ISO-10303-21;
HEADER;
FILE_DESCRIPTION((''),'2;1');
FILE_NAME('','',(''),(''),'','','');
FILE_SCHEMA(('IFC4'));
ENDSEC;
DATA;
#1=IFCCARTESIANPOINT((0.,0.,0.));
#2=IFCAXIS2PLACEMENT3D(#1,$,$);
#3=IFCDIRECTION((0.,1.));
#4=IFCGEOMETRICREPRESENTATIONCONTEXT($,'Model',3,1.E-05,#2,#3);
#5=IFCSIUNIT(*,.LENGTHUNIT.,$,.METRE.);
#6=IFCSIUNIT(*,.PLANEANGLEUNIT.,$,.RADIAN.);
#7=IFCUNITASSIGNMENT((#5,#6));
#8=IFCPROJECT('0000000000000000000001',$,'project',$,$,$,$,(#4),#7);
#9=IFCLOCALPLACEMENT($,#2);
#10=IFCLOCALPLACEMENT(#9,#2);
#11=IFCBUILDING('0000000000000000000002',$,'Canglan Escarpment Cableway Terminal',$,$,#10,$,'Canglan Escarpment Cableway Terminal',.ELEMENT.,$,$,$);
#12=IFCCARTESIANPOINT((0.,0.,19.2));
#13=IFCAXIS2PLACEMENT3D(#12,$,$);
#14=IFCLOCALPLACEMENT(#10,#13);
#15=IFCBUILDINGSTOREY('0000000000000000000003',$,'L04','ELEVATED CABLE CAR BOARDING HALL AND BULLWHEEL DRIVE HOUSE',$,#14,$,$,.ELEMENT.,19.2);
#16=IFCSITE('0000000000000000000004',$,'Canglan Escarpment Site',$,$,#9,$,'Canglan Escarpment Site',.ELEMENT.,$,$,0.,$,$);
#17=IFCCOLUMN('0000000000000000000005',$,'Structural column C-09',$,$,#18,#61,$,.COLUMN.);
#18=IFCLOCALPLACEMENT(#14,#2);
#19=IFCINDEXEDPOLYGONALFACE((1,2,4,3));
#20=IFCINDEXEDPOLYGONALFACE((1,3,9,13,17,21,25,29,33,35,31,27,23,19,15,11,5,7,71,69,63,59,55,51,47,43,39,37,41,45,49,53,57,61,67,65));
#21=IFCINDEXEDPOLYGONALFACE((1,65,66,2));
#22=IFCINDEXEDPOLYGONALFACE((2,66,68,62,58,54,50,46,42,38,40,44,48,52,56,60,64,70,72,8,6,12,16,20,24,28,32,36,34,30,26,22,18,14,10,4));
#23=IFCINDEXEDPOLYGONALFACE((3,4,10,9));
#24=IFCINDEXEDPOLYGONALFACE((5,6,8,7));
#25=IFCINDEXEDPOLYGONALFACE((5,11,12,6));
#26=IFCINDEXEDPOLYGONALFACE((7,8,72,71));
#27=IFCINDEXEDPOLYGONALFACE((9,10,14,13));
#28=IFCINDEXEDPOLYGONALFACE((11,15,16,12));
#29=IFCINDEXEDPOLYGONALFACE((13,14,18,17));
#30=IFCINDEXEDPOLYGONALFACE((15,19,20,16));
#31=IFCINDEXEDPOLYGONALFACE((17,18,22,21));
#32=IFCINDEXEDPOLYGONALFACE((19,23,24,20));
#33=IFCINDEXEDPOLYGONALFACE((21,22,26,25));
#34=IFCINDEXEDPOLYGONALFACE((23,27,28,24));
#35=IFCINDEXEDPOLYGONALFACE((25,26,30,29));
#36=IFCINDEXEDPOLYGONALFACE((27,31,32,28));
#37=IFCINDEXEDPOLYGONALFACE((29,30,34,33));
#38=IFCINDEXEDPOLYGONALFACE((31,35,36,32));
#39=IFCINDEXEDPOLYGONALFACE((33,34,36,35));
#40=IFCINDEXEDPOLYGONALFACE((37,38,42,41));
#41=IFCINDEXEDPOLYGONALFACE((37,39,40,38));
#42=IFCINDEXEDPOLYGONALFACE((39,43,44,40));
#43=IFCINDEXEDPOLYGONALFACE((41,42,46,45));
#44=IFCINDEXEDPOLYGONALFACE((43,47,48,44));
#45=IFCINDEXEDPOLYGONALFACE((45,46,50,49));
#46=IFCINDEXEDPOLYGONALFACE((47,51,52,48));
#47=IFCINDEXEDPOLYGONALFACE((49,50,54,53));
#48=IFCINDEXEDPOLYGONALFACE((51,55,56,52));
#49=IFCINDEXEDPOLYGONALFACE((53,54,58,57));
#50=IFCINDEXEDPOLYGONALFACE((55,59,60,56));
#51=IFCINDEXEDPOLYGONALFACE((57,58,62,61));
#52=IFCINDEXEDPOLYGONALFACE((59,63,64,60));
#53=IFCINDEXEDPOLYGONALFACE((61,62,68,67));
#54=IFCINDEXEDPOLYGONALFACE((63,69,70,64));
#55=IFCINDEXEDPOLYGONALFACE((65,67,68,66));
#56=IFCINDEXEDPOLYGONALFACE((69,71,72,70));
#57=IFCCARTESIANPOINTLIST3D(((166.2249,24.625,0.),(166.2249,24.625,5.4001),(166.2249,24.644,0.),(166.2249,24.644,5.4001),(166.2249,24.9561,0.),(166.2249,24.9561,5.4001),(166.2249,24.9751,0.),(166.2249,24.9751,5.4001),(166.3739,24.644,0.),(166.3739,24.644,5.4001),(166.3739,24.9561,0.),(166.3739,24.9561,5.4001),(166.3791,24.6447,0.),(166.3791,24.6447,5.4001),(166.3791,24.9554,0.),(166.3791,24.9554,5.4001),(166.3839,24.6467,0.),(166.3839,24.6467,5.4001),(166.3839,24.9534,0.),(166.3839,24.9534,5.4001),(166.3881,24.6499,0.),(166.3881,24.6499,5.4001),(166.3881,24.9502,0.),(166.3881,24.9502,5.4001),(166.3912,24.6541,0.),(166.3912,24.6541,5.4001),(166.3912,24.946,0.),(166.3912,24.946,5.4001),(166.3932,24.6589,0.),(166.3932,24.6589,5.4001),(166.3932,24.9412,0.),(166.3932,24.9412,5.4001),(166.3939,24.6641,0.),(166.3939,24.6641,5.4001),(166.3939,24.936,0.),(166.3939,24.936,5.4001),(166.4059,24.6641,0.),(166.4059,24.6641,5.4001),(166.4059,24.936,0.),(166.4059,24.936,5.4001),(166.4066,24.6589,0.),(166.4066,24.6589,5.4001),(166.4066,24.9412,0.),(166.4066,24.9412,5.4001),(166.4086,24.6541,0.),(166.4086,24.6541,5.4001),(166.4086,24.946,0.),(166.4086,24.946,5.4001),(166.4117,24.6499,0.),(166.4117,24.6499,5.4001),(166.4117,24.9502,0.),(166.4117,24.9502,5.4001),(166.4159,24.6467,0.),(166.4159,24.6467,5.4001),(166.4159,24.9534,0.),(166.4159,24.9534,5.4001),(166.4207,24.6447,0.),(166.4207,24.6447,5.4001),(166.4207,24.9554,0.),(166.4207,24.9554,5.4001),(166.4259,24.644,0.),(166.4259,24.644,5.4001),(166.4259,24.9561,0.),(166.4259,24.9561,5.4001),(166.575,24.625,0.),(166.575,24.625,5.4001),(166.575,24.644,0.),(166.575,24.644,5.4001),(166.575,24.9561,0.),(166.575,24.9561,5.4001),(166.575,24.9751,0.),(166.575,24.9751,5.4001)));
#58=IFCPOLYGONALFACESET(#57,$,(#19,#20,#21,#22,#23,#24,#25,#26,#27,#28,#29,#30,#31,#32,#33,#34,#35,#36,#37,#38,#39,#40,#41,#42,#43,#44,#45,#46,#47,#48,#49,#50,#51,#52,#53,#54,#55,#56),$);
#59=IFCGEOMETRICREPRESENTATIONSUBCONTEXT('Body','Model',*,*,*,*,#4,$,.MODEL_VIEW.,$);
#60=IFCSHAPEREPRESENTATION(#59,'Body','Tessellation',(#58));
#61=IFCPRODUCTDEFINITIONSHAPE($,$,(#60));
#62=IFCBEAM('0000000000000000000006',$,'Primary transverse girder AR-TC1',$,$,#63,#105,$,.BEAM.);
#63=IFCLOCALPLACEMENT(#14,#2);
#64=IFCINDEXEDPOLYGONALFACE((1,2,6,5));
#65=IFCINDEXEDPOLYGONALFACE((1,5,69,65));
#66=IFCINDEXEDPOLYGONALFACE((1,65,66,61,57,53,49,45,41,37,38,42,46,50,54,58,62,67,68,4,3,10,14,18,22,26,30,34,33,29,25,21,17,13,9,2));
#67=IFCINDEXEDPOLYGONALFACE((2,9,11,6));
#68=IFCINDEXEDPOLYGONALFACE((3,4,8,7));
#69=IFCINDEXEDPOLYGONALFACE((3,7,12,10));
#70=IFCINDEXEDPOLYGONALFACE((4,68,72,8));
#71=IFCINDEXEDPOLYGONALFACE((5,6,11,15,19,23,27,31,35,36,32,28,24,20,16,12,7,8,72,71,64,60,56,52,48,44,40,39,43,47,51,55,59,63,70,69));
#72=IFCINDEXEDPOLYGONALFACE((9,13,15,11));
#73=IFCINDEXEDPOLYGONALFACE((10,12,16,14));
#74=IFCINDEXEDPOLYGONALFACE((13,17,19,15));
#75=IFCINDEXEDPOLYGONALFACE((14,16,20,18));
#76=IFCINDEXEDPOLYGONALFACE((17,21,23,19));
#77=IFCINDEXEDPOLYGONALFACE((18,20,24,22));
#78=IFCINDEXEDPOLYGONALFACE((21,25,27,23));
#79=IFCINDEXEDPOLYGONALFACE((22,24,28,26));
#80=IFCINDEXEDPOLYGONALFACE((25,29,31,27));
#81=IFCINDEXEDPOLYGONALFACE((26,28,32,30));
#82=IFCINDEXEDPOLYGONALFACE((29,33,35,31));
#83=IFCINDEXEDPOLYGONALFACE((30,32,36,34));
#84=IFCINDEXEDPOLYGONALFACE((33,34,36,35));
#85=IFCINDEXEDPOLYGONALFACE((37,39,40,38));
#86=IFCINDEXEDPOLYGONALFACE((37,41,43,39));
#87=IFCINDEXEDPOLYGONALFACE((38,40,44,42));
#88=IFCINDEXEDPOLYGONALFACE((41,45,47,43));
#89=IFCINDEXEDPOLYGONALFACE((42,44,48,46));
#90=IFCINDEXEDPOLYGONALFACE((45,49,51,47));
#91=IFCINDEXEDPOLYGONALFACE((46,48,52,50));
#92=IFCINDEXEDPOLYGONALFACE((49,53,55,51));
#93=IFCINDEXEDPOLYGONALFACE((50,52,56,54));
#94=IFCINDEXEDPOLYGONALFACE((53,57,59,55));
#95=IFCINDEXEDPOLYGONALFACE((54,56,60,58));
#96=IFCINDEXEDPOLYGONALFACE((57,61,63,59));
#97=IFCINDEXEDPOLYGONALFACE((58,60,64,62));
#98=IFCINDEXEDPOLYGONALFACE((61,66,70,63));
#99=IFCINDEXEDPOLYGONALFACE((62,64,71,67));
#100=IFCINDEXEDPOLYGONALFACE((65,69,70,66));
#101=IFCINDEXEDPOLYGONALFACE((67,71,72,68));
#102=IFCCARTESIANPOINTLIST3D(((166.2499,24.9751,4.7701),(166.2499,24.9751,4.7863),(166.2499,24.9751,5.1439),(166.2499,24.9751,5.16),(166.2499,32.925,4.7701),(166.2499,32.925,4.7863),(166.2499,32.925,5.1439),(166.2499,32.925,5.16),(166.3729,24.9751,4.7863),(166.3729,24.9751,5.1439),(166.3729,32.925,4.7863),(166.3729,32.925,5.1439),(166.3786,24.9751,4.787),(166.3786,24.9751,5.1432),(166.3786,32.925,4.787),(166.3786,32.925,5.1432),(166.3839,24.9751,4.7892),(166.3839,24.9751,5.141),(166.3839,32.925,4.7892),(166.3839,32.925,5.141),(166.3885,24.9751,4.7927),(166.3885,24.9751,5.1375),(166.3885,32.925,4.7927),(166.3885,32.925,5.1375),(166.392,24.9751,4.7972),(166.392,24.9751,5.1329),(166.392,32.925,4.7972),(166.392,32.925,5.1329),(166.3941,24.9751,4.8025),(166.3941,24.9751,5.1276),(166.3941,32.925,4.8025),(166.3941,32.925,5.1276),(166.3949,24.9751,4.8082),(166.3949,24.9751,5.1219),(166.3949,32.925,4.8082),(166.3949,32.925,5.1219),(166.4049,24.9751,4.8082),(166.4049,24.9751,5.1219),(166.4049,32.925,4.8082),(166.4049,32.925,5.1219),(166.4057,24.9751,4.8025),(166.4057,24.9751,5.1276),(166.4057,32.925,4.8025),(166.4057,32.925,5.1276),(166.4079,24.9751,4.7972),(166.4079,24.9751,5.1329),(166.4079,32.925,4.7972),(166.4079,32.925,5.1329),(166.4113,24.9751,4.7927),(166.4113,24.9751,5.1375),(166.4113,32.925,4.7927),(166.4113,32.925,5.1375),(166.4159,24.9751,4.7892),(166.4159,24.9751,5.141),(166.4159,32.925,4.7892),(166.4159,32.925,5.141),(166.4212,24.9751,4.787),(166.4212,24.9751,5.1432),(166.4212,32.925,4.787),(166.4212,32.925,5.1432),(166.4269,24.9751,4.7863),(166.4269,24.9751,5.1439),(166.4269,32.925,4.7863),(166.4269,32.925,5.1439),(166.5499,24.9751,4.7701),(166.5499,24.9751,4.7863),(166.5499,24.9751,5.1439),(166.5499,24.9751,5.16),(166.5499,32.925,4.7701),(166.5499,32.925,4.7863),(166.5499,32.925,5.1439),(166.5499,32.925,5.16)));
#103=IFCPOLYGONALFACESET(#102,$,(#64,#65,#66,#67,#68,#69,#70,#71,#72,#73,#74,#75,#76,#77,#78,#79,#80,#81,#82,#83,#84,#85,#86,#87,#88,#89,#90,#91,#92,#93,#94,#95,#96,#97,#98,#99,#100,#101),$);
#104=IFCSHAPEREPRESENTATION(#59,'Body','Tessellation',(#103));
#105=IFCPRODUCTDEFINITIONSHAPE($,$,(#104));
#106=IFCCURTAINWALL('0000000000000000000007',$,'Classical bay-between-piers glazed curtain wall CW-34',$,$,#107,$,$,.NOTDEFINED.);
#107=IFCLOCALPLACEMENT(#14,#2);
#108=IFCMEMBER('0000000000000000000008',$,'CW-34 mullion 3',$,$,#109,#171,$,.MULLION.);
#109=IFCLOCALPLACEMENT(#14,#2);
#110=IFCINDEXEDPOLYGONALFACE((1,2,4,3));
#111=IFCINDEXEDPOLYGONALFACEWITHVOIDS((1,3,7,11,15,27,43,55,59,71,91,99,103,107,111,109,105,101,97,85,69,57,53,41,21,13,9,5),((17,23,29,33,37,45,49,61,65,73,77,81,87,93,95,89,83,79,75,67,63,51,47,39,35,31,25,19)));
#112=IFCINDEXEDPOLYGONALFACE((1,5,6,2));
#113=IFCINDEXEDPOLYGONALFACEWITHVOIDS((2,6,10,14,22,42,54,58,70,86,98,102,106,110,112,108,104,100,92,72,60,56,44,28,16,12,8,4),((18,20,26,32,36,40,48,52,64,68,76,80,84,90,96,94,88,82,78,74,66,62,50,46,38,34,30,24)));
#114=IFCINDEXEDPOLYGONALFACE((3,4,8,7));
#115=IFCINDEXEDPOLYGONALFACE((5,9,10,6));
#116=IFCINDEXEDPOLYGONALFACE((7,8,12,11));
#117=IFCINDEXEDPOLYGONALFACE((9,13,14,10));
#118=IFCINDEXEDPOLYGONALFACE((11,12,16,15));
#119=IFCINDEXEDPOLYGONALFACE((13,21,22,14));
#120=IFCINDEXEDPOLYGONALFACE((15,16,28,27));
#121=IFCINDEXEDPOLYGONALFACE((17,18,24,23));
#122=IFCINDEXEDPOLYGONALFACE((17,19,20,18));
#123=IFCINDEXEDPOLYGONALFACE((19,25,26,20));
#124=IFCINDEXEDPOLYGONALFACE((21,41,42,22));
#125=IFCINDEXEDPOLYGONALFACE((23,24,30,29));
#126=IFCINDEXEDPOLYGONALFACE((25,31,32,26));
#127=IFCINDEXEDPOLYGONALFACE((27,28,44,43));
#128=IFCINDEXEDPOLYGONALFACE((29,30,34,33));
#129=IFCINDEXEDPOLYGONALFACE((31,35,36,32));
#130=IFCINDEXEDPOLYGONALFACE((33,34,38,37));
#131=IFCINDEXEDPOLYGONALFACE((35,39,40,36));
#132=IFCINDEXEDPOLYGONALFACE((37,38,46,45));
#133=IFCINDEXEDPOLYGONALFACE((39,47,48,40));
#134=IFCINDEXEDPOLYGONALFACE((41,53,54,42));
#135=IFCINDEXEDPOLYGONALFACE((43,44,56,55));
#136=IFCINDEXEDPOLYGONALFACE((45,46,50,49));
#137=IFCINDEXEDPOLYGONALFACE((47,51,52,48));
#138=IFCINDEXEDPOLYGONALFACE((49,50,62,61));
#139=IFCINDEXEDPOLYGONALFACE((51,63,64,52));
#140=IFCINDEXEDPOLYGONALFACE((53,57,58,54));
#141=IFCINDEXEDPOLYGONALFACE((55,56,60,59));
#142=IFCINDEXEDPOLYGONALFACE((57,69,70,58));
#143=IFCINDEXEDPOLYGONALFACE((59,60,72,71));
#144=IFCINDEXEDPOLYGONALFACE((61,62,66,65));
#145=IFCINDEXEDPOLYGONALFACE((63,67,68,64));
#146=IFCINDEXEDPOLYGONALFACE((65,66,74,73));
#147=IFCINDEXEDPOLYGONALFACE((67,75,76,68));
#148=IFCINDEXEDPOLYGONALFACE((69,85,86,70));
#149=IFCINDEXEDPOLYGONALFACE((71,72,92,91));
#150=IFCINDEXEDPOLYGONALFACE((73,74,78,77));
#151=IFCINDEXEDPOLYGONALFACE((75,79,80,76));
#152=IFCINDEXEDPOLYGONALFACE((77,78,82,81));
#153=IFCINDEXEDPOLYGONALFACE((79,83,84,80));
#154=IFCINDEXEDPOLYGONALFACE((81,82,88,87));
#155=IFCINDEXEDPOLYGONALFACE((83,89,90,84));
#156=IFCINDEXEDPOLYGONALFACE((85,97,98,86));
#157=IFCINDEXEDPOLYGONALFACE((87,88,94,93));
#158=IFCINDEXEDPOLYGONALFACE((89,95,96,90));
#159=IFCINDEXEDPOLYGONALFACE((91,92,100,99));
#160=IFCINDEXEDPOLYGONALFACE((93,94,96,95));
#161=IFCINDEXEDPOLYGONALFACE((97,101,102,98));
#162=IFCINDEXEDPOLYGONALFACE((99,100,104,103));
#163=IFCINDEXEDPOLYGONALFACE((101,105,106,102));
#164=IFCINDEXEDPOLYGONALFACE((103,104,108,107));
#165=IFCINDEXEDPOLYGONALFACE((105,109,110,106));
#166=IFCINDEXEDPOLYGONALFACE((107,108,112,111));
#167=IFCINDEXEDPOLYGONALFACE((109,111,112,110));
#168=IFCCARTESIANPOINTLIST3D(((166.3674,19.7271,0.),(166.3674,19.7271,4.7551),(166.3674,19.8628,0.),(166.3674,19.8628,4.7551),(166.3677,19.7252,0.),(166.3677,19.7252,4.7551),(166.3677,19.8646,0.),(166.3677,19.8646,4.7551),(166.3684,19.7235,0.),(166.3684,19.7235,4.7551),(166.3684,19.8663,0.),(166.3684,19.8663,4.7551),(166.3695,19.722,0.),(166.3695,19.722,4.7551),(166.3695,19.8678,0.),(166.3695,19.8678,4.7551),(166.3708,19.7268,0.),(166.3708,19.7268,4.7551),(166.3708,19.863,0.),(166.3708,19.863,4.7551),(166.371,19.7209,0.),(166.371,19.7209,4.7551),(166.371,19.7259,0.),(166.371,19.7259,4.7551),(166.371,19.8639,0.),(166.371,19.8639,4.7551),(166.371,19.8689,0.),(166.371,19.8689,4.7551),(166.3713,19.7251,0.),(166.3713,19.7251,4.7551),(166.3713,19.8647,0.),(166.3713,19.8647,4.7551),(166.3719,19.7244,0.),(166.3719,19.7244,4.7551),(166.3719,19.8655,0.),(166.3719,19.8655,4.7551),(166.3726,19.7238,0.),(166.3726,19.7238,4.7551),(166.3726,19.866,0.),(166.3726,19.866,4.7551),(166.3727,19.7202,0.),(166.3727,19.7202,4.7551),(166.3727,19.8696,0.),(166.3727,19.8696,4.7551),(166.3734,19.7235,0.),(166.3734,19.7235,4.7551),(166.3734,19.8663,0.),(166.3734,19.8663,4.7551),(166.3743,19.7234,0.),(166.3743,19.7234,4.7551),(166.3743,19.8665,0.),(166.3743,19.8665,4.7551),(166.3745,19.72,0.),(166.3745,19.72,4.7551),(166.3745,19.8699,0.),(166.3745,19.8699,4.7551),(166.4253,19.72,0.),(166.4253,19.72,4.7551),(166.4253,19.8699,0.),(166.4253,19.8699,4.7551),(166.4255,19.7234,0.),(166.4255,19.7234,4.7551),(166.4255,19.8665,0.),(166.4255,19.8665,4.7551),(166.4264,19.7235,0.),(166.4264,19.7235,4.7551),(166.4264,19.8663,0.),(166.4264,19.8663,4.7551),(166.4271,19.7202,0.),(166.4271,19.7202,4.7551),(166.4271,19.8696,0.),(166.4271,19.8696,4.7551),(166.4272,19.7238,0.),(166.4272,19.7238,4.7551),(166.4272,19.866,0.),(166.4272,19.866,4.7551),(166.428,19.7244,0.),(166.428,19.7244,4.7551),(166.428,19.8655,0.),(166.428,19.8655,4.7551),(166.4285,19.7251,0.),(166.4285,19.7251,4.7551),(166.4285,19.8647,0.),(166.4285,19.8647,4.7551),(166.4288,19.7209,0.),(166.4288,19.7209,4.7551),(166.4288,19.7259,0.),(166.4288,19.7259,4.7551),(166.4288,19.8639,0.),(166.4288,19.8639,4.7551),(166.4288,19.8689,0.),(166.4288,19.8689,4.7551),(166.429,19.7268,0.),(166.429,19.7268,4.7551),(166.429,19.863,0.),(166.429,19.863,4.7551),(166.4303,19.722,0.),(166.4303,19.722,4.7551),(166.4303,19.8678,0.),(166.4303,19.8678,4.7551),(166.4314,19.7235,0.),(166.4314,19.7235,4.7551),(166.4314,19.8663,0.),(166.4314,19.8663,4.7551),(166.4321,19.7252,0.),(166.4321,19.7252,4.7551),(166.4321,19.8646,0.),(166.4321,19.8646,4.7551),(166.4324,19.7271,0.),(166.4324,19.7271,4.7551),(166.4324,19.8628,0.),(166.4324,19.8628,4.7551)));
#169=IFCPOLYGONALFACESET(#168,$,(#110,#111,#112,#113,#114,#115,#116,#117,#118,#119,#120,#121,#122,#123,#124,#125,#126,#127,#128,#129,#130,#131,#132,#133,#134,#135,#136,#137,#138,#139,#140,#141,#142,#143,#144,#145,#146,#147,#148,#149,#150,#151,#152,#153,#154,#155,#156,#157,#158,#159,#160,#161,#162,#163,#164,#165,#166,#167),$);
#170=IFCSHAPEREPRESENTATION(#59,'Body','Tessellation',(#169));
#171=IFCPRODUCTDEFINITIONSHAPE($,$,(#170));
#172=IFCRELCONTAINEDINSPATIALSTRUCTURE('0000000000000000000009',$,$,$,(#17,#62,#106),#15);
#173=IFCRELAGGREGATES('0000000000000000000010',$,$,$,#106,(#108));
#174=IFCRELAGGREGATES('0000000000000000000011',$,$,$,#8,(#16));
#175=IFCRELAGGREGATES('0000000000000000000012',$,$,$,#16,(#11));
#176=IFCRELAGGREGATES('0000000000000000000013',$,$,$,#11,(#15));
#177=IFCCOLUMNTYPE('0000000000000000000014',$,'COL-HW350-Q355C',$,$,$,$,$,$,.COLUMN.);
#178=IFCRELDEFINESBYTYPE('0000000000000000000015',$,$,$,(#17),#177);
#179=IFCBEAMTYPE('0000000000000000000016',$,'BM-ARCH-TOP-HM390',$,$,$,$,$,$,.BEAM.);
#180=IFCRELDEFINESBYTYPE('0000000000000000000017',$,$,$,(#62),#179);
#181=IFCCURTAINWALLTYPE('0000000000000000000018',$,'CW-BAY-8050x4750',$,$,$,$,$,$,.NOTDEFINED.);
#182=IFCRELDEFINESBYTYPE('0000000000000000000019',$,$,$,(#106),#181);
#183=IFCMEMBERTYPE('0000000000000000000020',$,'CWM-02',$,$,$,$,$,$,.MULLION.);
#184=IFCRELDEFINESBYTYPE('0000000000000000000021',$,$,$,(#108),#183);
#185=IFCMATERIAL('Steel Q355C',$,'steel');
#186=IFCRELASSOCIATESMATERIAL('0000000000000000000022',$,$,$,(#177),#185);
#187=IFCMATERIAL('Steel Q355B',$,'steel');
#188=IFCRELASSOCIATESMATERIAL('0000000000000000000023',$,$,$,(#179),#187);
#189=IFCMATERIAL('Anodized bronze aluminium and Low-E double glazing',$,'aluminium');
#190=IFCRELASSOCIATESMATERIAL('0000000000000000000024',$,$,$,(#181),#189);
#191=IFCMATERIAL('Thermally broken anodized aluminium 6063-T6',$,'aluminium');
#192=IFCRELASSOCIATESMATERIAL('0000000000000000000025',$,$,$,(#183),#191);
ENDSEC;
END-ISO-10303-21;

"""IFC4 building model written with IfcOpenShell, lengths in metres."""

from ifc_helpers import new_model, si_unit, direction, frame, origin, origin_2d, place, context, subcontext, project, spatial, hollow_rectangle, i_section, extrude, material, material_profile, profile_set, type_object, element, aggregate, save


model = new_model("IFC4")

# Units and contexts
model_context = context("Model", 3, precision=1e-05, world=origin(), true_north=direction((0.0, 1.0)))
body_context = subcontext(model_context, "Body", "Model", "MODEL_VIEW")
ifc_project = project(units=[si_unit("LENGTHUNIT", "METRE"), si_unit("PLANEANGLEUNIT", "RADIAN")], contexts=[model_context])

# Site, building, storey
site_placement = place(None, origin())
site = spatial("IfcSite", under=ifc_project, at=site_placement, Name="Canglan Escarpment Site", LongName="Canglan Escarpment Site", CompositionType="ELEMENT", RefElevation=0.0)
building_placement = place(site_placement, origin())
building = spatial("IfcBuilding", under=site, at=building_placement, Name="Canglan Escarpment Cableway Terminal", LongName="Canglan Escarpment Cableway Terminal", CompositionType="ELEMENT")
storey_placement = place(building_placement, frame((0.0, 0.0, 19.2)))
storey = spatial("IfcBuildingStorey", under=building, at=storey_placement, Name="L04", Description="ELEVATED CABLE CAR BOARDING HALL AND BULLWHEEL DRIVE HOUSE", CompositionType="ELEMENT", Elevation=19.2)

# Column
ifc_material_1 = material(Name="Steel Q355C", Category="steel")
ifc_material_profile_1 = material_profile(ifc_material_1, i_section(OverallWidth=0.3501, OverallDepth=0.3501, WebThickness=0.012, FlangeThickness=0.019, FilletRadius=0.02, at=origin_2d()), Name="HW 350x350x12x19")
ifc_profile_set_1 = profile_set([ifc_material_profile_1], Name="Steel Q355C")
column_type = type_object("IfcColumnType", Name="COL-HW350-Q355C", PredefinedType="COLUMN", material=ifc_profile_set_1)
column_placement = place(storey_placement, frame((166.3999, 24.8, 0.0), z_axis=(0.0, 0.0, 1.0), x_axis=(1.0, 0.0, 0.0)))
element("IfcColumn", 1, at=column_placement, inside=storey, type_object=column_type, Name="Structural column C-09", PredefinedType="COLUMN", context=body_context, shape_type="SweptSolid", body=[
    extrude(i_section(OverallWidth=0.3501, OverallDepth=0.3501, WebThickness=0.012, FlangeThickness=0.019, FilletRadius=0.02, at=origin_2d()), origin(), (0.0, 0.0, 1.0), 5.4001),
])

# Beam
ifc_material_2 = material(Name="Steel Q355B", Category="steel")
ifc_material_profile_2 = material_profile(ifc_material_2, i_section(OverallWidth=0.3, OverallDepth=0.3899, WebThickness=0.01, FlangeThickness=0.0161, FilletRadius=0.022, at=origin_2d()), Name="HM 390x300x10x16")
ifc_profile_set_2 = profile_set([ifc_material_profile_2], Name="Steel Q355B")
beam_type = type_object("IfcBeamType", Name="BM-ARCH-TOP-HM390", PredefinedType="BEAM", material=ifc_profile_set_2)
beam_placement = place(storey_placement, frame((166.3999, 24.9751, 4.9651), z_axis=(0.0, 1.0, 0.0), x_axis=(-1.0, 0.0, 0.0)))
element("IfcBeam", 2, at=beam_placement, inside=storey, type_object=beam_type, Name="Primary transverse girder AR-TC1", PredefinedType="BEAM", context=body_context, shape_type="SweptSolid", body=[
    extrude(i_section(OverallWidth=0.3, OverallDepth=0.3899, WebThickness=0.01, FlangeThickness=0.0161, FilletRadius=0.022, at=origin_2d()), origin(), (0.0, 0.0, 1.0), 7.95),
])

# Curtain wall, member
ifc_material_3 = material(Name="Anodized bronze aluminium and Low-E double glazing", Category="aluminium")
curtain_wall_type_1 = type_object("IfcCurtainWallType", Name="CW-BAY-8050x4750", PredefinedType="NOTDEFINED", material=ifc_material_3)
curtain_wall_1_placement = place(storey_placement, origin())
curtain_wall_1 = element("IfcCurtainWall", 3, at=curtain_wall_1_placement, inside=storey, type_object=curtain_wall_type_1, Name="Classical bay-between-piers glazed curtain wall CW-34", PredefinedType="NOTDEFINED")
ifc_material_4 = material(Name="Thermally broken anodized aluminium 6063-T6", Category="aluminium")
ifc_material_profile_3 = material_profile(ifc_material_4, hollow_rectangle(XDim=0.0649, YDim=0.1499, WallThickness=0.0034, InnerFilletRadius=0.0034, OuterFilletRadius=0.0071, at=origin_2d()), Name="ALU-MULL 65x150x3.5")
ifc_profile_set_3 = profile_set([ifc_material_profile_3], Name="Thermally broken anodized aluminium 6063-T6")
member_type_1 = type_object("IfcMemberType", Name="CWM-02", PredefinedType="MULLION", material=ifc_profile_set_3)
member_1_placement = place(storey_placement, frame((166.3999, 19.7949, 0.0), z_axis=(0.0, 0.0, 1.0), x_axis=(-1.0, 0.0, 0.0)))
member_1 = element("IfcMember", 4, at=member_1_placement, type_object=member_type_1, Name="CW-34 mullion 3", PredefinedType="MULLION", context=body_context, shape_type="SweptSolid", body=[
    extrude(hollow_rectangle(XDim=0.0649, YDim=0.1499, WallThickness=0.0034, InnerFilletRadius=0.0034, OuterFilletRadius=0.0071, at=origin_2d()), origin(), (0.0, 0.0, 1.0), 4.7551),
])

aggregate(curtain_wall_1, [member_1])

save(model, "model.ifc")
